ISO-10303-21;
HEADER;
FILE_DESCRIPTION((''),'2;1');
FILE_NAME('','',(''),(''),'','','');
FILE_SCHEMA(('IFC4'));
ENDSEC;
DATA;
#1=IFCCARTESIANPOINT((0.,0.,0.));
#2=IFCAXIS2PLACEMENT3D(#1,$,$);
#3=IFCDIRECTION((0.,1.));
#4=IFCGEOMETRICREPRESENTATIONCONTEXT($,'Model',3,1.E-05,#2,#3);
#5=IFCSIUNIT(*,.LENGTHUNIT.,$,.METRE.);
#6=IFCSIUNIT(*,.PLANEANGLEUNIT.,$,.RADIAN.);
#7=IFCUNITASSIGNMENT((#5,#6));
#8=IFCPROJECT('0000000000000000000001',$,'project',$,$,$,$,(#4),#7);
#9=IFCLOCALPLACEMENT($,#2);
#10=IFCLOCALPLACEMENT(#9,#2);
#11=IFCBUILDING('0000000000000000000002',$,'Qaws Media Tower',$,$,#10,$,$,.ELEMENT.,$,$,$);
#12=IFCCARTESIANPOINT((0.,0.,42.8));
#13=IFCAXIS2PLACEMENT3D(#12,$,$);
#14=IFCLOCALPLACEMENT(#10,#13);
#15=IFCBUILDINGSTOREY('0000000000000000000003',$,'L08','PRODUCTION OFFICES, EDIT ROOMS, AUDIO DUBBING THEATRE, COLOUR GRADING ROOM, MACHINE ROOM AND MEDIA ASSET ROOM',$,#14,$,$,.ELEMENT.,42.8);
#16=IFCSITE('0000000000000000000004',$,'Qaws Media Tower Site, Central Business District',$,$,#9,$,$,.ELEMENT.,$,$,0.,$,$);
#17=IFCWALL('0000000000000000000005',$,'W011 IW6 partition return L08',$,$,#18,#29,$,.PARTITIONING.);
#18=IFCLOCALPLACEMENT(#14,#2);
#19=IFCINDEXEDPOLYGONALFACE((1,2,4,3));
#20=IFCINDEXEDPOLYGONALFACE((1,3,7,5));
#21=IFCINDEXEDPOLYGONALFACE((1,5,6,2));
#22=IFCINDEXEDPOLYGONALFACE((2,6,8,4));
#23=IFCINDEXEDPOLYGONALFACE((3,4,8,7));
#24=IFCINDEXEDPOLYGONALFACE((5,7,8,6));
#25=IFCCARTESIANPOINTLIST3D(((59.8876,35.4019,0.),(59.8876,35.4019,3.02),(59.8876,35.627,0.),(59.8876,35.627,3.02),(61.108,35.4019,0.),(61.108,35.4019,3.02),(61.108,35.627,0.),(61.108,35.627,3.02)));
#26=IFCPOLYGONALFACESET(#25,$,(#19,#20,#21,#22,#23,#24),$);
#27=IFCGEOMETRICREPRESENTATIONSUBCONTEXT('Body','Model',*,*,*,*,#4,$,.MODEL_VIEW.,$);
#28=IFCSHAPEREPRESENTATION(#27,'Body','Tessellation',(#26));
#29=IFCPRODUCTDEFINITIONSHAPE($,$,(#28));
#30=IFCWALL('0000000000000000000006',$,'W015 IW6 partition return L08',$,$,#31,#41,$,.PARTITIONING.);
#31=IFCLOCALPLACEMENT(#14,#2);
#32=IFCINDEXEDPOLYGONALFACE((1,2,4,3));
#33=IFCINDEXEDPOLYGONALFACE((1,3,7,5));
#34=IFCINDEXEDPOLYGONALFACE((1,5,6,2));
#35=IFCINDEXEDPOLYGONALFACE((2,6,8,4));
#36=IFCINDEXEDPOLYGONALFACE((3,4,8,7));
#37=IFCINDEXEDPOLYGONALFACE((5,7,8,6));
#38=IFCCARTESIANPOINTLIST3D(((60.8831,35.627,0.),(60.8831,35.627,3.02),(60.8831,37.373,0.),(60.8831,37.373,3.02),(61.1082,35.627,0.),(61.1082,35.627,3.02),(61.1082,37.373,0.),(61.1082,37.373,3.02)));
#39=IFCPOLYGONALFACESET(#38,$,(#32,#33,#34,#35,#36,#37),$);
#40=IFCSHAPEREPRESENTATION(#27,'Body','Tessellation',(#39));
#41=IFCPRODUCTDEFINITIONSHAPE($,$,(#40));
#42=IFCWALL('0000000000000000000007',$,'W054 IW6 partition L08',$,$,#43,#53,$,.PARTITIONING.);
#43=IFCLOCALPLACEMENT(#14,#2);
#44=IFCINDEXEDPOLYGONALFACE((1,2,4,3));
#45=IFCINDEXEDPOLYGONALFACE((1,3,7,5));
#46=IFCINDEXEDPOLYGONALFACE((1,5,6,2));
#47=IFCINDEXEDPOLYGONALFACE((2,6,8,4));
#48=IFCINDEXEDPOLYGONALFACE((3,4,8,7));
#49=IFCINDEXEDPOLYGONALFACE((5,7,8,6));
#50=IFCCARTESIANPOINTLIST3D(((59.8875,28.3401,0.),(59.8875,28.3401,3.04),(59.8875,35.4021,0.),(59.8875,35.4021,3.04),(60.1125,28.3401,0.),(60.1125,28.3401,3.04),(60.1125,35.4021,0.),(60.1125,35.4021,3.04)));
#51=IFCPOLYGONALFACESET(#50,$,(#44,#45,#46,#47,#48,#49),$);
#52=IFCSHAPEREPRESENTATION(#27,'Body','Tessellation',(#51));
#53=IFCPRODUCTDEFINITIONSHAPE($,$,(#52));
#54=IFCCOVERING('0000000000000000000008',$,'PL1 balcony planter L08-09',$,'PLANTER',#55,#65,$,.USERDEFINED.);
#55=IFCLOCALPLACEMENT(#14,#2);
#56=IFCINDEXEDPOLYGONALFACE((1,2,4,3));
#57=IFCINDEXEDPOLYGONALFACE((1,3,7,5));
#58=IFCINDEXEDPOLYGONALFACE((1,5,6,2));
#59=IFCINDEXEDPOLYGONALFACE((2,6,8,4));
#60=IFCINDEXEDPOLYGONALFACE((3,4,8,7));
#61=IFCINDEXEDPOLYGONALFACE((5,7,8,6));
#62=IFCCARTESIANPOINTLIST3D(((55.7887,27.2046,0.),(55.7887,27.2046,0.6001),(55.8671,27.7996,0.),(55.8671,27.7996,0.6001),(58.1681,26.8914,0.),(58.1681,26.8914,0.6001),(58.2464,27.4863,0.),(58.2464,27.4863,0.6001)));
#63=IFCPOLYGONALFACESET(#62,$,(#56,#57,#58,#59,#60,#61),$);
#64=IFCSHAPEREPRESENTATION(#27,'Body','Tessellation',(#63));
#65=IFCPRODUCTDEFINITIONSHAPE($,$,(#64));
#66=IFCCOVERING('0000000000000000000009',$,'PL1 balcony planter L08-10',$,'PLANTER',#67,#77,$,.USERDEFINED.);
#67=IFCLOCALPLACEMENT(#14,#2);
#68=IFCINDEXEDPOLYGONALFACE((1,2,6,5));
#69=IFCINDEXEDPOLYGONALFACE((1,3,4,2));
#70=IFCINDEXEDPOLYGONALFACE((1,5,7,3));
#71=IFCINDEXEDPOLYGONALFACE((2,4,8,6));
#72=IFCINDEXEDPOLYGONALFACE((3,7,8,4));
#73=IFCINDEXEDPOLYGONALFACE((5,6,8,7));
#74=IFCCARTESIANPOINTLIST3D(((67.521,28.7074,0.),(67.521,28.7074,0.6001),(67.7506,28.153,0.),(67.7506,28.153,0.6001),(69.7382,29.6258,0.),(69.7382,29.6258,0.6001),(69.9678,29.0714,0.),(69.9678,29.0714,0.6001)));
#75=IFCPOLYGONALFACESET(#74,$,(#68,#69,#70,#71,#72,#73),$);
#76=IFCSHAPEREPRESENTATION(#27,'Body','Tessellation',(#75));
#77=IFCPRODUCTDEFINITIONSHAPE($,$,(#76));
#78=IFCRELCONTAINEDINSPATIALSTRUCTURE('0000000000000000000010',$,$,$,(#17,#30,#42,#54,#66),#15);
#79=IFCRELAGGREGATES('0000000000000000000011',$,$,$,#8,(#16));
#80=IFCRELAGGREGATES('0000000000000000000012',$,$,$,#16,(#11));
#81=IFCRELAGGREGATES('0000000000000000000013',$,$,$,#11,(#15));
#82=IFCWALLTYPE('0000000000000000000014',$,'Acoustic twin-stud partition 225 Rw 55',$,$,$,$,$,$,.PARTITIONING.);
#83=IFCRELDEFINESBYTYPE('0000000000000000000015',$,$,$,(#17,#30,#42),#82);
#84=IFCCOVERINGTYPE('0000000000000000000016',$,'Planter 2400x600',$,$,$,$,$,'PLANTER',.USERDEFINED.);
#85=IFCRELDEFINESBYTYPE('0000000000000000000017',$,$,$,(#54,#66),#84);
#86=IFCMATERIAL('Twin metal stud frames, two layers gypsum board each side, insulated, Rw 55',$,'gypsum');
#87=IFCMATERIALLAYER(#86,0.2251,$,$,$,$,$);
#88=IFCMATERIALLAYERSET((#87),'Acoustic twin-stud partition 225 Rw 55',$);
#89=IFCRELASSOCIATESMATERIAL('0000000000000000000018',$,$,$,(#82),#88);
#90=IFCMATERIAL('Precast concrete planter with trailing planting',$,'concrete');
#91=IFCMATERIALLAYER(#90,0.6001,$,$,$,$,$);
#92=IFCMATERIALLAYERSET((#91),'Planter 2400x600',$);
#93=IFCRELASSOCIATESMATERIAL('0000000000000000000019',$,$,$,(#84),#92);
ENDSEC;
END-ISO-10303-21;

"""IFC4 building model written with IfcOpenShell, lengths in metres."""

from ifc_helpers import new_model, si_unit, direction, frame, frame_2d, origin, origin_2d, place, context, subcontext, project, spatial, rectangle, extrude, material, layer, layer_set, type_object, element, save


model = new_model("IFC4")

# Units and contexts
model_context = context("Model", 3, precision=1e-05, world=origin(), true_north=direction((0.0, 1.0)))
body_context = subcontext(model_context, "Body", "Model", "MODEL_VIEW")
ifc_project = project(units=[si_unit("LENGTHUNIT", "METRE"), si_unit("PLANEANGLEUNIT", "RADIAN")], contexts=[model_context])

# Site, building, storey
site_placement = place(None, origin())
site = spatial("IfcSite", under=ifc_project, at=site_placement, Name="Qaws Media Tower Site, Central Business District", CompositionType="ELEMENT", RefElevation=0.0)
building_placement = place(site_placement, origin())
building = spatial("IfcBuilding", under=site, at=building_placement, Name="Qaws Media Tower", CompositionType="ELEMENT")
storey_placement = place(building_placement, frame((0.0, 0.0, 42.8)))
storey = spatial("IfcBuildingStorey", under=building, at=storey_placement, Name="L08", Description="PRODUCTION OFFICES, EDIT ROOMS, AUDIO DUBBING THEATRE, COLOUR GRADING ROOM, MACHINE ROOM AND MEDIA ASSET ROOM", CompositionType="ELEMENT", Elevation=42.8)

# Walls
ifc_material_1 = material(Name="Twin metal stud frames, two layers gypsum board each side, insulated, Rw 55", Category="gypsum")
ifc_layer_1 = layer(ifc_material_1, 0.2251)
ifc_layer_set_1 = layer_set([ifc_layer_1], Name="Acoustic twin-stud partition 225 Rw 55")
wall_type_1 = type_object("IfcWallType", Name="Acoustic twin-stud partition 225 Rw 55", PredefinedType="PARTITIONING", material=ifc_layer_set_1)
wall_1_placement = place(storey_placement, frame((59.8875, 35.5144, 0.0), z_axis=(0.0, 0.0, 1.0), x_axis=(1.0, 0.0, 0.0)))
element("IfcWall", 1, at=wall_1_placement, inside=storey, type_object=wall_type_1, Name="W011 IW6 partition return L08", PredefinedType="PARTITIONING", context=body_context, shape_type="SweptSolid", body=[
    extrude(rectangle(XDim=1.2205, YDim=0.2251, at=frame_2d((0.6104, 0.0))), origin(), (0.0, 0.0, 1.0), 3.02),
])
wall_2_placement = place(storey_placement, frame((60.9956, 37.373, 0.0), z_axis=(0.0, 0.0, 1.0), x_axis=(0.0, -1.0, 0.0)))
element("IfcWall", 2, at=wall_2_placement, inside=storey, type_object=wall_type_1, Name="W015 IW6 partition return L08", PredefinedType="PARTITIONING", context=body_context, shape_type="SweptSolid", body=[
    extrude(rectangle(XDim=1.7461, YDim=0.2251, at=frame_2d((0.873, 0.0))), origin(), (0.0, 0.0, 1.0), 3.02),
])
wall_3_placement = place(storey_placement, frame((60.0, 35.4021, 0.0), z_axis=(0.0, 0.0, 1.0), x_axis=(0.0, -1.0, 0.0)))
element("IfcWall", 3, at=wall_3_placement, inside=storey, type_object=wall_type_1, Name="W054 IW6 partition L08", PredefinedType="PARTITIONING", context=body_context, shape_type="SweptSolid", body=[
    extrude(rectangle(XDim=7.062, YDim=0.2251, at=frame_2d((3.531, 0.0))), origin(), (0.0, 0.0, 1.0), 3.04),
])

# Coverings
ifc_material_2 = material(Name="Precast concrete planter with trailing planting", Category="concrete")
ifc_layer_2 = layer(ifc_material_2, 0.6001)
ifc_layer_set_2 = layer_set([ifc_layer_2], Name="Planter 2400x600")
covering_type = type_object("IfcCoveringType", Name="Planter 2400x600", ElementType="PLANTER", PredefinedType="USERDEFINED", material=ifc_layer_set_2)
for number, where, z_axis, x_axis, name in (
    (4, (57.0176, 27.3455, 0.0), (0.0, 0.0, 1.0), (0.991445, -0.130526, 0.0), "PL1 balcony planter L08-09"),
    (5, (68.7444, 28.8894, 0.0), (0.0, 0.0, 1.0), (0.92388, 0.382683, 0.0), "PL1 balcony planter L08-10"),
):
    element("IfcCovering", number, at=place(storey_placement, frame(where, z_axis=z_axis, x_axis=x_axis)), inside=storey, type_object=covering_type, Name=name, ObjectType="PLANTER", PredefinedType="USERDEFINED", context=body_context, shape_type="SweptSolid", body=[
        extrude(rectangle(XDim=2.3999, YDim=0.6001, at=origin_2d()), origin(), (0.0, 0.0, 1.0), 0.6001),
    ])

save(model, "model.ifc")
